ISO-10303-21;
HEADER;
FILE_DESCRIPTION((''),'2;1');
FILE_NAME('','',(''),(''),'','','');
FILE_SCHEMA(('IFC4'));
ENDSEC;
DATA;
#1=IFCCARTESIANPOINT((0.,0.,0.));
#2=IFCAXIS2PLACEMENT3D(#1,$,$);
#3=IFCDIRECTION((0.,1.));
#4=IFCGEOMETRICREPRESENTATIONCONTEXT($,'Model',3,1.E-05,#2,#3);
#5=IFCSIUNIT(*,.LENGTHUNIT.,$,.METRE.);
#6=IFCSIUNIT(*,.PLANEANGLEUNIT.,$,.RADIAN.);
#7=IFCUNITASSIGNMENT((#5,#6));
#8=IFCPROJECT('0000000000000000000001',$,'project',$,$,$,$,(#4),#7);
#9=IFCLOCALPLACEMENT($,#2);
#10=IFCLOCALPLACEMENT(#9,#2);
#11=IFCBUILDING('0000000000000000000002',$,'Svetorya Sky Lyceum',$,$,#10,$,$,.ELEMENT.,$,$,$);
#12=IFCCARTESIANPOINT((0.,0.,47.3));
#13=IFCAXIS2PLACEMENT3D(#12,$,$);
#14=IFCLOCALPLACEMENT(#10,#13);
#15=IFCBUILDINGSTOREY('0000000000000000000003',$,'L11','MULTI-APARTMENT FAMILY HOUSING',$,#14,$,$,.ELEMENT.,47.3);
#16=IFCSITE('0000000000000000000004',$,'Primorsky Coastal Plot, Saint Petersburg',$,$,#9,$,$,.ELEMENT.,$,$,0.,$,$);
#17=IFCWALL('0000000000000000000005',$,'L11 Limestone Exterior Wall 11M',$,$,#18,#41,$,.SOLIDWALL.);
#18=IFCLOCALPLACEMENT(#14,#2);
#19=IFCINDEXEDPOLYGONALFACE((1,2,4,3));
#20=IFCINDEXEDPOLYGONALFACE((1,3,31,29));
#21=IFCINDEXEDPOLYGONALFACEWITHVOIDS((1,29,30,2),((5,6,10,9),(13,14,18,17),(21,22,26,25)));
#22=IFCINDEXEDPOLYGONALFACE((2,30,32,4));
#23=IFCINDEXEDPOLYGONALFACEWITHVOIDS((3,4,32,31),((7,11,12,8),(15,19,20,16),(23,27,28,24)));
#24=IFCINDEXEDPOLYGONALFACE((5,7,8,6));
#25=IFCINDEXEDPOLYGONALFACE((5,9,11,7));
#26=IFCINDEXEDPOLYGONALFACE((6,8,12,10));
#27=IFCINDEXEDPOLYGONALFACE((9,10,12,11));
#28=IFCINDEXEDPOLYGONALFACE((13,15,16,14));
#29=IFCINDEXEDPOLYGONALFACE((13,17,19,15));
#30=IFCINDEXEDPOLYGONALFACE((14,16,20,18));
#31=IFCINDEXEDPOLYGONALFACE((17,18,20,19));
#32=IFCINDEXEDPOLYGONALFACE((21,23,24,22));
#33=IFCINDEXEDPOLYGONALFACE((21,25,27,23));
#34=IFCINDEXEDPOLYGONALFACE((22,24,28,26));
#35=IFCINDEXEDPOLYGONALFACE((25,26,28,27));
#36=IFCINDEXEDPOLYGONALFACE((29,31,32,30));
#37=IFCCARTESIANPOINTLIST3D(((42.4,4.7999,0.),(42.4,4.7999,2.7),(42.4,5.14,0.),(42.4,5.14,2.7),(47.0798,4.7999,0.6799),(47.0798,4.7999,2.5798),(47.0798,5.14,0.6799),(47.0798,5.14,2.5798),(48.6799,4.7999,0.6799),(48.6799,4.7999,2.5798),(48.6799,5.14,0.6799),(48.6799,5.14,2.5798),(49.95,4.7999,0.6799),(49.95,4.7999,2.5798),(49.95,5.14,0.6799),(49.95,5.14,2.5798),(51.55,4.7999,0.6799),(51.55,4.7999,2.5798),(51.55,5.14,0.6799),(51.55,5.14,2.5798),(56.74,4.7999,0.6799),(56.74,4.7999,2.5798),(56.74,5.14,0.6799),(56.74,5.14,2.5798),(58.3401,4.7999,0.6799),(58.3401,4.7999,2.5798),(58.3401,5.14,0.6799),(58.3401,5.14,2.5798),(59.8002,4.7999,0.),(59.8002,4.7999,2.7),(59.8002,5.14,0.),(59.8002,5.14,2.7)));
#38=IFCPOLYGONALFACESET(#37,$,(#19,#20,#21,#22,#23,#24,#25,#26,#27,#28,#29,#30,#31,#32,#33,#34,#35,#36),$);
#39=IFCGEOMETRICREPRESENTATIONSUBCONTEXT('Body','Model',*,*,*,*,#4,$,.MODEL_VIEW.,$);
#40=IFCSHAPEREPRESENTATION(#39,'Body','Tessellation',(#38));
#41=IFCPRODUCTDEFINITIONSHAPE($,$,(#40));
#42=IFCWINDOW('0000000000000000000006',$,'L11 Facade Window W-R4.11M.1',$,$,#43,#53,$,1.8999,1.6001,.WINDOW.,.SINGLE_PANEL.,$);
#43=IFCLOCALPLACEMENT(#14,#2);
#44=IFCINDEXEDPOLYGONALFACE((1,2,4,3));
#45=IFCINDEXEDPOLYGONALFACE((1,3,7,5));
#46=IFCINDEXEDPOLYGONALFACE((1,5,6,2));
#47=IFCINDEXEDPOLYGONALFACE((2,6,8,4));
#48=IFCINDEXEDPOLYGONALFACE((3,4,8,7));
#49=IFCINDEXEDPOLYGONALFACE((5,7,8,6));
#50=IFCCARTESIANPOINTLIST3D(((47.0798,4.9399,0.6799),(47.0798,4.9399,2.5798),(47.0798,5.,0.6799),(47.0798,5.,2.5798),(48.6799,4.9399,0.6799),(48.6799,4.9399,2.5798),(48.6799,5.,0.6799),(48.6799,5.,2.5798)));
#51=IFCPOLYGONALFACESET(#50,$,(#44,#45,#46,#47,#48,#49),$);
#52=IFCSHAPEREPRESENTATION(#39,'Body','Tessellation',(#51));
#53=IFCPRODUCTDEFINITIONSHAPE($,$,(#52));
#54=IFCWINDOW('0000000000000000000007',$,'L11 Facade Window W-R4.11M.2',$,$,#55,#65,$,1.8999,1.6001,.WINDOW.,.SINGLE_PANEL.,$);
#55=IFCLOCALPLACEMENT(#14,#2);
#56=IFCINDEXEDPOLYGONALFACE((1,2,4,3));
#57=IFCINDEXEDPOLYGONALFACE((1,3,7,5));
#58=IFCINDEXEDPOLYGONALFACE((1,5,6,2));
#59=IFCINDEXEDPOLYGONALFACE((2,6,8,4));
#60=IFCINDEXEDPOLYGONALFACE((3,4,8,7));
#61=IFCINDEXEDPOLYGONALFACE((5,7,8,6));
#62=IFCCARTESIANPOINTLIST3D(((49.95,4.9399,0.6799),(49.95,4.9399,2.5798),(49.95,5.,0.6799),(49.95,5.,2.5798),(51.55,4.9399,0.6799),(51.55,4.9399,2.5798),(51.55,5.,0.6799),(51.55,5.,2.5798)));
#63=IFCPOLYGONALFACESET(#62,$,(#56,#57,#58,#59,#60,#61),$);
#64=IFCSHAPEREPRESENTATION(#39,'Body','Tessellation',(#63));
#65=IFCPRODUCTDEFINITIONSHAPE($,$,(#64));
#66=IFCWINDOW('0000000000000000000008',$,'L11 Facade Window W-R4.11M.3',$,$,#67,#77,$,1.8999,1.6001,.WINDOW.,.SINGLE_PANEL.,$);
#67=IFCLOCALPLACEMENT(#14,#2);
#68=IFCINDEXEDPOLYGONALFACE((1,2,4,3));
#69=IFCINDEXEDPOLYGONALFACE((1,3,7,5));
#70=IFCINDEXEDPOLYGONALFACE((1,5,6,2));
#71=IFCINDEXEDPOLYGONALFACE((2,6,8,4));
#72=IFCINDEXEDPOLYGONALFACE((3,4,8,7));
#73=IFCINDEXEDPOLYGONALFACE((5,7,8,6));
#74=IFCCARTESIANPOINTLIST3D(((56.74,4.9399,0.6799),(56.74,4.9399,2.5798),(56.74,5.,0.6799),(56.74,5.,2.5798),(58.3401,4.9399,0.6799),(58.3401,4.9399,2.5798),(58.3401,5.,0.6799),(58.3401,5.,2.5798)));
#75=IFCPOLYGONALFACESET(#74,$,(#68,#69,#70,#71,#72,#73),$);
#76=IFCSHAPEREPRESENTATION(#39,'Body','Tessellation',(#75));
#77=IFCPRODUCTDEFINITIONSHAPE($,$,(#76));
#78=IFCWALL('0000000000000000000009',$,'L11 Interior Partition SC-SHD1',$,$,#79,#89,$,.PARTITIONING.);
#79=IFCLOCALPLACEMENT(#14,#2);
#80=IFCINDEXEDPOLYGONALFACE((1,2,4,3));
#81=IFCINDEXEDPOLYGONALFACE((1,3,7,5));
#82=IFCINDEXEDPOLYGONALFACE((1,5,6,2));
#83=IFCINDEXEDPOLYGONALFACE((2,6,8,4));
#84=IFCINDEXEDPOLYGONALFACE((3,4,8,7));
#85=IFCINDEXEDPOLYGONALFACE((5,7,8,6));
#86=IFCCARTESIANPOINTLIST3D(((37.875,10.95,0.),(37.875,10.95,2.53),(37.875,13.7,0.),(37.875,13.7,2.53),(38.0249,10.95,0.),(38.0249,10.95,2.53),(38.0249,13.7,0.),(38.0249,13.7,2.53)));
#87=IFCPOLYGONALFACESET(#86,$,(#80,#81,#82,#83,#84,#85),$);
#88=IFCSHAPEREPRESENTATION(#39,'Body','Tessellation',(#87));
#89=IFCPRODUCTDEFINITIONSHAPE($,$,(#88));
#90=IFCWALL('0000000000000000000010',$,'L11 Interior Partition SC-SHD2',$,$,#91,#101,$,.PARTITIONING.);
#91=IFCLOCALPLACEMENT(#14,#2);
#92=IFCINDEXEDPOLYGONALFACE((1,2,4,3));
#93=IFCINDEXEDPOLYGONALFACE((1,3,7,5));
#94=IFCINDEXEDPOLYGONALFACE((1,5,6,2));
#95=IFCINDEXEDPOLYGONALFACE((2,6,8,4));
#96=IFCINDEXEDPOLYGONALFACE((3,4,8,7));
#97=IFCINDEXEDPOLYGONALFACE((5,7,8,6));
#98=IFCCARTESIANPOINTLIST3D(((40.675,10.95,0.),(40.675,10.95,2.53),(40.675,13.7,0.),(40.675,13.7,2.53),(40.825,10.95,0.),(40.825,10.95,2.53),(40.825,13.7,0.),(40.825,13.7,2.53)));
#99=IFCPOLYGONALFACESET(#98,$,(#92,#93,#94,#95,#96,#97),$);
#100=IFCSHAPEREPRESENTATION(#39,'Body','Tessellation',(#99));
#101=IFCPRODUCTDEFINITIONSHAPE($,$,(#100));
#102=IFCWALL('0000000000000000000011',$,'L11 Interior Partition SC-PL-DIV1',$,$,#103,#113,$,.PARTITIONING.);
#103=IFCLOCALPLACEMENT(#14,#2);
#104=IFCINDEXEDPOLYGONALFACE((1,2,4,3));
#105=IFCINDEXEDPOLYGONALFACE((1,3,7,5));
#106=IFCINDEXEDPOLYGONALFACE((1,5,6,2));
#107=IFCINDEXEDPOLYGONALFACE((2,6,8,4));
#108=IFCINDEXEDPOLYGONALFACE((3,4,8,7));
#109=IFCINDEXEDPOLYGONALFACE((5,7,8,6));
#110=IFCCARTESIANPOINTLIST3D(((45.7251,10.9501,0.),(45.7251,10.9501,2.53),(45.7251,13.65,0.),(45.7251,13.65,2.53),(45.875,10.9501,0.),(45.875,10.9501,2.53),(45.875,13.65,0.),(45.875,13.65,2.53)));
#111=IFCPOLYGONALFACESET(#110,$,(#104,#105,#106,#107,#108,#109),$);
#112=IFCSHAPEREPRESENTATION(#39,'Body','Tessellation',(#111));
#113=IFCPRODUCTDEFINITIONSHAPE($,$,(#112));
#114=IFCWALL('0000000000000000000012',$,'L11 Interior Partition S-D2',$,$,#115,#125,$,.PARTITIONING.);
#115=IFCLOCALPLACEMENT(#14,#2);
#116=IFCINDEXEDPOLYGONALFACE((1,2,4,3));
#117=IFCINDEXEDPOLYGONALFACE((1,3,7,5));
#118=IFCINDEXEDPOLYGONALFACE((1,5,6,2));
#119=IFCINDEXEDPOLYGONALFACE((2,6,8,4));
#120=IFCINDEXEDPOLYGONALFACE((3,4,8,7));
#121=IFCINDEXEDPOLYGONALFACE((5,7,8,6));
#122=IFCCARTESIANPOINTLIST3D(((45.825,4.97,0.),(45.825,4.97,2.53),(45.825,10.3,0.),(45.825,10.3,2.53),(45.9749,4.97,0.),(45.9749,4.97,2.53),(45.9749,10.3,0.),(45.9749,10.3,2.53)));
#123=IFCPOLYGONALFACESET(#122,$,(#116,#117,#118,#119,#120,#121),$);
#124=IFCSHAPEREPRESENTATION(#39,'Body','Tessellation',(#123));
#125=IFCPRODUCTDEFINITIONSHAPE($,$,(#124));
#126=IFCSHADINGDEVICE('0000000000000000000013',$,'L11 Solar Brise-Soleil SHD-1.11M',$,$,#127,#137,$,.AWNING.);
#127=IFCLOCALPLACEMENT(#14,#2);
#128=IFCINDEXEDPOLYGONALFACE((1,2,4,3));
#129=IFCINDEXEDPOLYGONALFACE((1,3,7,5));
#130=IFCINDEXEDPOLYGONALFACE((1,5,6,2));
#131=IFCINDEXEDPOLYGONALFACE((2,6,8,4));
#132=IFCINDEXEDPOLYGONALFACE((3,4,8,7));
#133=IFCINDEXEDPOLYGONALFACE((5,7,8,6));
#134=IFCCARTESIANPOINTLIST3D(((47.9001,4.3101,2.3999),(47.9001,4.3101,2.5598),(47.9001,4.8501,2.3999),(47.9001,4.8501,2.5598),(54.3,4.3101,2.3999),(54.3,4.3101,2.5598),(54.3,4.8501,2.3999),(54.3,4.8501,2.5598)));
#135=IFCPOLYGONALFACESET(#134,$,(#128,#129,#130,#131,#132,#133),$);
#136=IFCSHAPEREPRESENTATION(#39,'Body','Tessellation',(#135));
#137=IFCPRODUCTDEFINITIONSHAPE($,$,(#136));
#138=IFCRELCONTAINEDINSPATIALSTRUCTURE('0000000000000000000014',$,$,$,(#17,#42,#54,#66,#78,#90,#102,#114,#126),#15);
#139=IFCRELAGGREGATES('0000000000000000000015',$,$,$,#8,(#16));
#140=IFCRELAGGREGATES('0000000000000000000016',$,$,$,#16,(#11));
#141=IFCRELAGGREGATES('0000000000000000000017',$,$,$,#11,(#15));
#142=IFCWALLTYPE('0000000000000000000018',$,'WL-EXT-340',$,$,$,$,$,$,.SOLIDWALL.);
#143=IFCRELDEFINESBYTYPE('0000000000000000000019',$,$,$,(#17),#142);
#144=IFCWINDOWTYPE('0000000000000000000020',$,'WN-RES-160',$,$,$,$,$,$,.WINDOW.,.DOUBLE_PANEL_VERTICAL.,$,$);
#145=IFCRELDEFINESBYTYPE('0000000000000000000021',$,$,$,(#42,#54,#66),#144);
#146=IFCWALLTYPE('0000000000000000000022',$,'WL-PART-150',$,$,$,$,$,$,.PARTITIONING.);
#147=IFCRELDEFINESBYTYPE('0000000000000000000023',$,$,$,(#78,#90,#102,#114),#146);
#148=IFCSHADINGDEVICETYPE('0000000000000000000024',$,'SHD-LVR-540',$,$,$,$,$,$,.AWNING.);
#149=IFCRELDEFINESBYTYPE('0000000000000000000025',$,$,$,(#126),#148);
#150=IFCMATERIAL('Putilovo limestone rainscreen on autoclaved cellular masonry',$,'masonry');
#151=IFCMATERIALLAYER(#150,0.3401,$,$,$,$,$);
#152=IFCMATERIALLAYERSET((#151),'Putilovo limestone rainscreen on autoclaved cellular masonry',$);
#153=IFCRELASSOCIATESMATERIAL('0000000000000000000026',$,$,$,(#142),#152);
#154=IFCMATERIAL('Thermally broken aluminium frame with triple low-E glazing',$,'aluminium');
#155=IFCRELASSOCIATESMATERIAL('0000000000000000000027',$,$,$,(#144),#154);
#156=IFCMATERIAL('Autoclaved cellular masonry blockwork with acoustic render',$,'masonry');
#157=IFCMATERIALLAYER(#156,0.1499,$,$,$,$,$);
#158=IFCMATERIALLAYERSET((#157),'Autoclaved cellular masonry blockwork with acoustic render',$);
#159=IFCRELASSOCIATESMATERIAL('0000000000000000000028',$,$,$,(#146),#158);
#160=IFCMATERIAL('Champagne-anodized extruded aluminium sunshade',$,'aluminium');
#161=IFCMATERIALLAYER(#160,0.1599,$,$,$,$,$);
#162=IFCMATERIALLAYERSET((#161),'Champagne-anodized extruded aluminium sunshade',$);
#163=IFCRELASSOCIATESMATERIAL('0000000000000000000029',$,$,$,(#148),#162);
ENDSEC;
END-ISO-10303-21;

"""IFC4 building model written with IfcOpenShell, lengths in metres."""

from ifc_helpers import new_model, si_unit, direction, frame, frame_2d, origin, origin_2d, place, context, subcontext, project, spatial, rectangle, extrude, material, layer, layer_set, type_object, element, fill, save


model = new_model("IFC4")

# Units and contexts
model_context = context("Model", 3, precision=1e-05, world=origin(), true_north=direction((0.0, 1.0)))
body_context = subcontext(model_context, "Body", "Model", "MODEL_VIEW")
ifc_project = project(units=[si_unit("LENGTHUNIT", "METRE"), si_unit("PLANEANGLEUNIT", "RADIAN")], contexts=[model_context])

# Site, building, storey
site_placement = place(None, origin())
site = spatial("IfcSite", under=ifc_project, at=site_placement, Name="Primorsky Coastal Plot, Saint Petersburg", CompositionType="ELEMENT", RefElevation=0.0)
building_placement = place(site_placement, origin())
building = spatial("IfcBuilding", under=site, at=building_placement, Name="Svetorya Sky Lyceum", CompositionType="ELEMENT")
storey_placement = place(building_placement, frame((0.0, 0.0, 47.3)))
storey = spatial("IfcBuildingStorey", under=building, at=storey_placement, Name="L11", Description="MULTI-APARTMENT FAMILY HOUSING", CompositionType="ELEMENT", Elevation=47.3)

# Shared definitions
ifc_material_1 = material(Name="Putilovo limestone rainscreen on autoclaved cellular masonry", Category="masonry")
ifc_layer_1 = layer(ifc_material_1, 0.3401)
ifc_layer_set_1 = layer_set([ifc_layer_1], Name="Putilovo limestone rainscreen on autoclaved cellular masonry")
wall_type_1 = type_object("IfcWallType", Name="WL-EXT-340", PredefinedType="SOLIDWALL", material=ifc_layer_set_1)

# Wall, openings, windows
wall_1_placement = place(storey_placement, frame((42.3999, 4.97, 0.0), z_axis=(0.0, 0.0, 1.0), x_axis=(1.0, 0.0, 0.0)))
wall_1 = element("IfcWall", 1, at=wall_1_placement, inside=storey, type_object=wall_type_1, Name="L11 Limestone Exterior Wall 11M", PredefinedType="SOLIDWALL", context=body_context, shape_type="SweptSolid", body=[
    extrude(rectangle(XDim=17.4001, YDim=0.3401, at=frame_2d((8.7002, 0.0))), origin(), (0.0, 0.0, 1.0), 2.7),
])
opening_1_placement = place(wall_1_placement, frame((4.6799, 0.0, 0.6799)))
opening_1 = element("IfcOpeningElement", 2, at=opening_1_placement, cuts=wall_1, PredefinedType="OPENING", context=body_context, shape_type="SweptSolid", body=[
    extrude(rectangle(XDim=1.6001, YDim=1.8999, at=frame_2d((0.8, 0.95))), frame((0.0, 0.1799, 0.0), z_axis=(0.0, -1.0, 0.0), x_axis=(1.0, 0.0, 0.0)), (0.0, 0.0, 1.0), 0.3601),
])
opening_2_placement = place(wall_1_placement, frame((7.55, 0.0, 0.6799)))
opening_2 = element("IfcOpeningElement", 3, at=opening_2_placement, cuts=wall_1, PredefinedType="OPENING", context=body_context, shape_type="SweptSolid", body=[
    extrude(rectangle(XDim=1.6001, YDim=1.8999, at=frame_2d((0.8, 0.95))), frame((0.0, 0.1799, 0.0), z_axis=(0.0, -1.0, 0.0), x_axis=(1.0, 0.0, 0.0)), (0.0, 0.0, 1.0), 0.3601),
])
opening_3_placement = place(wall_1_placement, frame((14.3401, 0.0, 0.6799)))
opening_3 = element("IfcOpeningElement", 4, at=opening_3_placement, cuts=wall_1, PredefinedType="OPENING", context=body_context, shape_type="SweptSolid", body=[
    extrude(rectangle(XDim=1.6001, YDim=1.8999, at=frame_2d((0.8, 0.95))), frame((0.0, 0.1799, 0.0), z_axis=(0.0, -1.0, 0.0), x_axis=(1.0, 0.0, 0.0)), (0.0, 0.0, 1.0), 0.3601),
])
ifc_material_2 = material(Name="Thermally broken aluminium frame with triple low-E glazing", Category="aluminium")
window_type = type_object("IfcWindowType", Name="WN-RES-160", PartitioningType="DOUBLE_PANEL_VERTICAL", PredefinedType="WINDOW", material=ifc_material_2)
window_1_placement = place(opening_1_placement, origin())
window_1 = element("IfcWindow", 5, at=window_1_placement, inside=storey, type_object=window_type, Name="L11 Facade Window W-R4.11M.1", OverallHeight=1.8999, OverallWidth=1.6001, PartitioningType="SINGLE_PANEL", PredefinedType="WINDOW", context=body_context, shape_type="SweptSolid", body=[
    extrude(rectangle(XDim=1.6001, YDim=1.8999, at=frame_2d((0.8, 0.95))), frame((0.0, 0.03, 0.0), z_axis=(0.0, -1.0, 0.0), x_axis=(1.0, 0.0, 0.0)), (0.0, 0.0, 1.0), 0.0601),
])
fill(opening_1, window_1)
window_2_placement = place(opening_2_placement, origin())
window_2 = element("IfcWindow", 6, at=window_2_placement, inside=storey, type_object=window_type, Name="L11 Facade Window W-R4.11M.2", OverallHeight=1.8999, OverallWidth=1.6001, PartitioningType="SINGLE_PANEL", PredefinedType="WINDOW", context=body_context, shape_type="SweptSolid", body=[
    extrude(rectangle(XDim=1.6001, YDim=1.8999, at=frame_2d((0.8, 0.95))), frame((0.0, 0.03, 0.0), z_axis=(0.0, -1.0, 0.0), x_axis=(1.0, 0.0, 0.0)), (0.0, 0.0, 1.0), 0.0601),
])
fill(opening_2, window_2)
window_3_placement = place(opening_3_placement, origin())
window_3 = element("IfcWindow", 7, at=window_3_placement, inside=storey, type_object=window_type, Name="L11 Facade Window W-R4.11M.3", OverallHeight=1.8999, OverallWidth=1.6001, PartitioningType="SINGLE_PANEL", PredefinedType="WINDOW", context=body_context, shape_type="SweptSolid", body=[
    extrude(rectangle(XDim=1.6001, YDim=1.8999, at=frame_2d((0.8, 0.95))), frame((0.0, 0.03, 0.0), z_axis=(0.0, -1.0, 0.0), x_axis=(1.0, 0.0, 0.0)), (0.0, 0.0, 1.0), 0.0601),
])
fill(opening_3, window_3)

# Walls
ifc_material_3 = material(Name="Autoclaved cellular masonry blockwork with acoustic render", Category="masonry")
ifc_layer_2 = layer(ifc_material_3, 0.1499)
ifc_layer_set_2 = layer_set([ifc_layer_2], Name="Autoclaved cellular masonry blockwork with acoustic render")
wall_type_2 = type_object("IfcWallType", Name="WL-PART-150", PredefinedType="PARTITIONING", material=ifc_layer_set_2)
for number, where, z_axis, x_axis, name in (
    (8, (37.95, 10.95, 0.0), (0.0, 0.0, 1.0), (0.0, 1.0, 0.0), "L11 Interior Partition SC-SHD1"),
    (9, (40.75, 10.95, 0.0), (0.0, 0.0, 1.0), (0.0, 1.0, 0.0), "L11 Interior Partition SC-SHD2"),
):
    element("IfcWall", number, at=place(storey_placement, frame(where, z_axis=z_axis, x_axis=x_axis)), inside=storey, type_object=wall_type_2, Name=name, PredefinedType="PARTITIONING", context=body_context, shape_type="SweptSolid", body=[
        extrude(rectangle(XDim=2.75, YDim=0.1499, at=frame_2d((1.375, 0.0))), origin(), (0.0, 0.0, 1.0), 2.53),
    ])
wall_2_placement = place(storey_placement, frame((45.8, 10.95, 0.0), z_axis=(0.0, 0.0, 1.0), x_axis=(0.0, 1.0, 0.0)))
element("IfcWall", 10, at=wall_2_placement, inside=storey, type_object=wall_type_2, Name="L11 Interior Partition SC-PL-DIV1", PredefinedType="PARTITIONING", context=body_context, shape_type="SweptSolid", body=[
    extrude(rectangle(XDim=2.7, YDim=0.1499, at=frame_2d((1.3501, 0.0))), origin(), (0.0, 0.0, 1.0), 2.53),
])
wall_3_placement = place(storey_placement, frame((45.8999, 4.97, 0.0), z_axis=(0.0, 0.0, 1.0), x_axis=(0.0, 1.0, 0.0)))
element("IfcWall", 11, at=wall_3_placement, inside=storey, type_object=wall_type_2, Name="L11 Interior Partition S-D2", PredefinedType="PARTITIONING", context=body_context, shape_type="SweptSolid", body=[
    extrude(rectangle(XDim=5.3301, YDim=0.1499, at=frame_2d((2.665, 0.0))), origin(), (0.0, 0.0, 1.0), 2.53),
])

# Shading device
ifc_material_4 = material(Name="Champagne-anodized extruded aluminium sunshade", Category="aluminium")
ifc_layer_3 = layer(ifc_material_4, 0.1599)
ifc_layer_set_3 = layer_set([ifc_layer_3], Name="Champagne-anodized extruded aluminium sunshade")
shading_device_type = type_object("IfcShadingDeviceType", Name="SHD-LVR-540", PredefinedType="AWNING", material=ifc_layer_set_3)
shading_device_placement = place(storey_placement, frame((51.1001, 4.5801, 2.3999), z_axis=(0.0, 0.0, 1.0), x_axis=(1.0, 0.0, 0.0)))
element("IfcShadingDevice", 12, at=shading_device_placement, inside=storey, type_object=shading_device_type, Name="L11 Solar Brise-Soleil SHD-1.11M", PredefinedType="AWNING", context=body_context, shape_type="SweptSolid", body=[
    extrude(rectangle(XDim=6.3999, YDim=0.54, at=origin_2d()), origin(), (0.0, 0.0, 1.0), 0.1599),
])

save(model, "model.ifc")
